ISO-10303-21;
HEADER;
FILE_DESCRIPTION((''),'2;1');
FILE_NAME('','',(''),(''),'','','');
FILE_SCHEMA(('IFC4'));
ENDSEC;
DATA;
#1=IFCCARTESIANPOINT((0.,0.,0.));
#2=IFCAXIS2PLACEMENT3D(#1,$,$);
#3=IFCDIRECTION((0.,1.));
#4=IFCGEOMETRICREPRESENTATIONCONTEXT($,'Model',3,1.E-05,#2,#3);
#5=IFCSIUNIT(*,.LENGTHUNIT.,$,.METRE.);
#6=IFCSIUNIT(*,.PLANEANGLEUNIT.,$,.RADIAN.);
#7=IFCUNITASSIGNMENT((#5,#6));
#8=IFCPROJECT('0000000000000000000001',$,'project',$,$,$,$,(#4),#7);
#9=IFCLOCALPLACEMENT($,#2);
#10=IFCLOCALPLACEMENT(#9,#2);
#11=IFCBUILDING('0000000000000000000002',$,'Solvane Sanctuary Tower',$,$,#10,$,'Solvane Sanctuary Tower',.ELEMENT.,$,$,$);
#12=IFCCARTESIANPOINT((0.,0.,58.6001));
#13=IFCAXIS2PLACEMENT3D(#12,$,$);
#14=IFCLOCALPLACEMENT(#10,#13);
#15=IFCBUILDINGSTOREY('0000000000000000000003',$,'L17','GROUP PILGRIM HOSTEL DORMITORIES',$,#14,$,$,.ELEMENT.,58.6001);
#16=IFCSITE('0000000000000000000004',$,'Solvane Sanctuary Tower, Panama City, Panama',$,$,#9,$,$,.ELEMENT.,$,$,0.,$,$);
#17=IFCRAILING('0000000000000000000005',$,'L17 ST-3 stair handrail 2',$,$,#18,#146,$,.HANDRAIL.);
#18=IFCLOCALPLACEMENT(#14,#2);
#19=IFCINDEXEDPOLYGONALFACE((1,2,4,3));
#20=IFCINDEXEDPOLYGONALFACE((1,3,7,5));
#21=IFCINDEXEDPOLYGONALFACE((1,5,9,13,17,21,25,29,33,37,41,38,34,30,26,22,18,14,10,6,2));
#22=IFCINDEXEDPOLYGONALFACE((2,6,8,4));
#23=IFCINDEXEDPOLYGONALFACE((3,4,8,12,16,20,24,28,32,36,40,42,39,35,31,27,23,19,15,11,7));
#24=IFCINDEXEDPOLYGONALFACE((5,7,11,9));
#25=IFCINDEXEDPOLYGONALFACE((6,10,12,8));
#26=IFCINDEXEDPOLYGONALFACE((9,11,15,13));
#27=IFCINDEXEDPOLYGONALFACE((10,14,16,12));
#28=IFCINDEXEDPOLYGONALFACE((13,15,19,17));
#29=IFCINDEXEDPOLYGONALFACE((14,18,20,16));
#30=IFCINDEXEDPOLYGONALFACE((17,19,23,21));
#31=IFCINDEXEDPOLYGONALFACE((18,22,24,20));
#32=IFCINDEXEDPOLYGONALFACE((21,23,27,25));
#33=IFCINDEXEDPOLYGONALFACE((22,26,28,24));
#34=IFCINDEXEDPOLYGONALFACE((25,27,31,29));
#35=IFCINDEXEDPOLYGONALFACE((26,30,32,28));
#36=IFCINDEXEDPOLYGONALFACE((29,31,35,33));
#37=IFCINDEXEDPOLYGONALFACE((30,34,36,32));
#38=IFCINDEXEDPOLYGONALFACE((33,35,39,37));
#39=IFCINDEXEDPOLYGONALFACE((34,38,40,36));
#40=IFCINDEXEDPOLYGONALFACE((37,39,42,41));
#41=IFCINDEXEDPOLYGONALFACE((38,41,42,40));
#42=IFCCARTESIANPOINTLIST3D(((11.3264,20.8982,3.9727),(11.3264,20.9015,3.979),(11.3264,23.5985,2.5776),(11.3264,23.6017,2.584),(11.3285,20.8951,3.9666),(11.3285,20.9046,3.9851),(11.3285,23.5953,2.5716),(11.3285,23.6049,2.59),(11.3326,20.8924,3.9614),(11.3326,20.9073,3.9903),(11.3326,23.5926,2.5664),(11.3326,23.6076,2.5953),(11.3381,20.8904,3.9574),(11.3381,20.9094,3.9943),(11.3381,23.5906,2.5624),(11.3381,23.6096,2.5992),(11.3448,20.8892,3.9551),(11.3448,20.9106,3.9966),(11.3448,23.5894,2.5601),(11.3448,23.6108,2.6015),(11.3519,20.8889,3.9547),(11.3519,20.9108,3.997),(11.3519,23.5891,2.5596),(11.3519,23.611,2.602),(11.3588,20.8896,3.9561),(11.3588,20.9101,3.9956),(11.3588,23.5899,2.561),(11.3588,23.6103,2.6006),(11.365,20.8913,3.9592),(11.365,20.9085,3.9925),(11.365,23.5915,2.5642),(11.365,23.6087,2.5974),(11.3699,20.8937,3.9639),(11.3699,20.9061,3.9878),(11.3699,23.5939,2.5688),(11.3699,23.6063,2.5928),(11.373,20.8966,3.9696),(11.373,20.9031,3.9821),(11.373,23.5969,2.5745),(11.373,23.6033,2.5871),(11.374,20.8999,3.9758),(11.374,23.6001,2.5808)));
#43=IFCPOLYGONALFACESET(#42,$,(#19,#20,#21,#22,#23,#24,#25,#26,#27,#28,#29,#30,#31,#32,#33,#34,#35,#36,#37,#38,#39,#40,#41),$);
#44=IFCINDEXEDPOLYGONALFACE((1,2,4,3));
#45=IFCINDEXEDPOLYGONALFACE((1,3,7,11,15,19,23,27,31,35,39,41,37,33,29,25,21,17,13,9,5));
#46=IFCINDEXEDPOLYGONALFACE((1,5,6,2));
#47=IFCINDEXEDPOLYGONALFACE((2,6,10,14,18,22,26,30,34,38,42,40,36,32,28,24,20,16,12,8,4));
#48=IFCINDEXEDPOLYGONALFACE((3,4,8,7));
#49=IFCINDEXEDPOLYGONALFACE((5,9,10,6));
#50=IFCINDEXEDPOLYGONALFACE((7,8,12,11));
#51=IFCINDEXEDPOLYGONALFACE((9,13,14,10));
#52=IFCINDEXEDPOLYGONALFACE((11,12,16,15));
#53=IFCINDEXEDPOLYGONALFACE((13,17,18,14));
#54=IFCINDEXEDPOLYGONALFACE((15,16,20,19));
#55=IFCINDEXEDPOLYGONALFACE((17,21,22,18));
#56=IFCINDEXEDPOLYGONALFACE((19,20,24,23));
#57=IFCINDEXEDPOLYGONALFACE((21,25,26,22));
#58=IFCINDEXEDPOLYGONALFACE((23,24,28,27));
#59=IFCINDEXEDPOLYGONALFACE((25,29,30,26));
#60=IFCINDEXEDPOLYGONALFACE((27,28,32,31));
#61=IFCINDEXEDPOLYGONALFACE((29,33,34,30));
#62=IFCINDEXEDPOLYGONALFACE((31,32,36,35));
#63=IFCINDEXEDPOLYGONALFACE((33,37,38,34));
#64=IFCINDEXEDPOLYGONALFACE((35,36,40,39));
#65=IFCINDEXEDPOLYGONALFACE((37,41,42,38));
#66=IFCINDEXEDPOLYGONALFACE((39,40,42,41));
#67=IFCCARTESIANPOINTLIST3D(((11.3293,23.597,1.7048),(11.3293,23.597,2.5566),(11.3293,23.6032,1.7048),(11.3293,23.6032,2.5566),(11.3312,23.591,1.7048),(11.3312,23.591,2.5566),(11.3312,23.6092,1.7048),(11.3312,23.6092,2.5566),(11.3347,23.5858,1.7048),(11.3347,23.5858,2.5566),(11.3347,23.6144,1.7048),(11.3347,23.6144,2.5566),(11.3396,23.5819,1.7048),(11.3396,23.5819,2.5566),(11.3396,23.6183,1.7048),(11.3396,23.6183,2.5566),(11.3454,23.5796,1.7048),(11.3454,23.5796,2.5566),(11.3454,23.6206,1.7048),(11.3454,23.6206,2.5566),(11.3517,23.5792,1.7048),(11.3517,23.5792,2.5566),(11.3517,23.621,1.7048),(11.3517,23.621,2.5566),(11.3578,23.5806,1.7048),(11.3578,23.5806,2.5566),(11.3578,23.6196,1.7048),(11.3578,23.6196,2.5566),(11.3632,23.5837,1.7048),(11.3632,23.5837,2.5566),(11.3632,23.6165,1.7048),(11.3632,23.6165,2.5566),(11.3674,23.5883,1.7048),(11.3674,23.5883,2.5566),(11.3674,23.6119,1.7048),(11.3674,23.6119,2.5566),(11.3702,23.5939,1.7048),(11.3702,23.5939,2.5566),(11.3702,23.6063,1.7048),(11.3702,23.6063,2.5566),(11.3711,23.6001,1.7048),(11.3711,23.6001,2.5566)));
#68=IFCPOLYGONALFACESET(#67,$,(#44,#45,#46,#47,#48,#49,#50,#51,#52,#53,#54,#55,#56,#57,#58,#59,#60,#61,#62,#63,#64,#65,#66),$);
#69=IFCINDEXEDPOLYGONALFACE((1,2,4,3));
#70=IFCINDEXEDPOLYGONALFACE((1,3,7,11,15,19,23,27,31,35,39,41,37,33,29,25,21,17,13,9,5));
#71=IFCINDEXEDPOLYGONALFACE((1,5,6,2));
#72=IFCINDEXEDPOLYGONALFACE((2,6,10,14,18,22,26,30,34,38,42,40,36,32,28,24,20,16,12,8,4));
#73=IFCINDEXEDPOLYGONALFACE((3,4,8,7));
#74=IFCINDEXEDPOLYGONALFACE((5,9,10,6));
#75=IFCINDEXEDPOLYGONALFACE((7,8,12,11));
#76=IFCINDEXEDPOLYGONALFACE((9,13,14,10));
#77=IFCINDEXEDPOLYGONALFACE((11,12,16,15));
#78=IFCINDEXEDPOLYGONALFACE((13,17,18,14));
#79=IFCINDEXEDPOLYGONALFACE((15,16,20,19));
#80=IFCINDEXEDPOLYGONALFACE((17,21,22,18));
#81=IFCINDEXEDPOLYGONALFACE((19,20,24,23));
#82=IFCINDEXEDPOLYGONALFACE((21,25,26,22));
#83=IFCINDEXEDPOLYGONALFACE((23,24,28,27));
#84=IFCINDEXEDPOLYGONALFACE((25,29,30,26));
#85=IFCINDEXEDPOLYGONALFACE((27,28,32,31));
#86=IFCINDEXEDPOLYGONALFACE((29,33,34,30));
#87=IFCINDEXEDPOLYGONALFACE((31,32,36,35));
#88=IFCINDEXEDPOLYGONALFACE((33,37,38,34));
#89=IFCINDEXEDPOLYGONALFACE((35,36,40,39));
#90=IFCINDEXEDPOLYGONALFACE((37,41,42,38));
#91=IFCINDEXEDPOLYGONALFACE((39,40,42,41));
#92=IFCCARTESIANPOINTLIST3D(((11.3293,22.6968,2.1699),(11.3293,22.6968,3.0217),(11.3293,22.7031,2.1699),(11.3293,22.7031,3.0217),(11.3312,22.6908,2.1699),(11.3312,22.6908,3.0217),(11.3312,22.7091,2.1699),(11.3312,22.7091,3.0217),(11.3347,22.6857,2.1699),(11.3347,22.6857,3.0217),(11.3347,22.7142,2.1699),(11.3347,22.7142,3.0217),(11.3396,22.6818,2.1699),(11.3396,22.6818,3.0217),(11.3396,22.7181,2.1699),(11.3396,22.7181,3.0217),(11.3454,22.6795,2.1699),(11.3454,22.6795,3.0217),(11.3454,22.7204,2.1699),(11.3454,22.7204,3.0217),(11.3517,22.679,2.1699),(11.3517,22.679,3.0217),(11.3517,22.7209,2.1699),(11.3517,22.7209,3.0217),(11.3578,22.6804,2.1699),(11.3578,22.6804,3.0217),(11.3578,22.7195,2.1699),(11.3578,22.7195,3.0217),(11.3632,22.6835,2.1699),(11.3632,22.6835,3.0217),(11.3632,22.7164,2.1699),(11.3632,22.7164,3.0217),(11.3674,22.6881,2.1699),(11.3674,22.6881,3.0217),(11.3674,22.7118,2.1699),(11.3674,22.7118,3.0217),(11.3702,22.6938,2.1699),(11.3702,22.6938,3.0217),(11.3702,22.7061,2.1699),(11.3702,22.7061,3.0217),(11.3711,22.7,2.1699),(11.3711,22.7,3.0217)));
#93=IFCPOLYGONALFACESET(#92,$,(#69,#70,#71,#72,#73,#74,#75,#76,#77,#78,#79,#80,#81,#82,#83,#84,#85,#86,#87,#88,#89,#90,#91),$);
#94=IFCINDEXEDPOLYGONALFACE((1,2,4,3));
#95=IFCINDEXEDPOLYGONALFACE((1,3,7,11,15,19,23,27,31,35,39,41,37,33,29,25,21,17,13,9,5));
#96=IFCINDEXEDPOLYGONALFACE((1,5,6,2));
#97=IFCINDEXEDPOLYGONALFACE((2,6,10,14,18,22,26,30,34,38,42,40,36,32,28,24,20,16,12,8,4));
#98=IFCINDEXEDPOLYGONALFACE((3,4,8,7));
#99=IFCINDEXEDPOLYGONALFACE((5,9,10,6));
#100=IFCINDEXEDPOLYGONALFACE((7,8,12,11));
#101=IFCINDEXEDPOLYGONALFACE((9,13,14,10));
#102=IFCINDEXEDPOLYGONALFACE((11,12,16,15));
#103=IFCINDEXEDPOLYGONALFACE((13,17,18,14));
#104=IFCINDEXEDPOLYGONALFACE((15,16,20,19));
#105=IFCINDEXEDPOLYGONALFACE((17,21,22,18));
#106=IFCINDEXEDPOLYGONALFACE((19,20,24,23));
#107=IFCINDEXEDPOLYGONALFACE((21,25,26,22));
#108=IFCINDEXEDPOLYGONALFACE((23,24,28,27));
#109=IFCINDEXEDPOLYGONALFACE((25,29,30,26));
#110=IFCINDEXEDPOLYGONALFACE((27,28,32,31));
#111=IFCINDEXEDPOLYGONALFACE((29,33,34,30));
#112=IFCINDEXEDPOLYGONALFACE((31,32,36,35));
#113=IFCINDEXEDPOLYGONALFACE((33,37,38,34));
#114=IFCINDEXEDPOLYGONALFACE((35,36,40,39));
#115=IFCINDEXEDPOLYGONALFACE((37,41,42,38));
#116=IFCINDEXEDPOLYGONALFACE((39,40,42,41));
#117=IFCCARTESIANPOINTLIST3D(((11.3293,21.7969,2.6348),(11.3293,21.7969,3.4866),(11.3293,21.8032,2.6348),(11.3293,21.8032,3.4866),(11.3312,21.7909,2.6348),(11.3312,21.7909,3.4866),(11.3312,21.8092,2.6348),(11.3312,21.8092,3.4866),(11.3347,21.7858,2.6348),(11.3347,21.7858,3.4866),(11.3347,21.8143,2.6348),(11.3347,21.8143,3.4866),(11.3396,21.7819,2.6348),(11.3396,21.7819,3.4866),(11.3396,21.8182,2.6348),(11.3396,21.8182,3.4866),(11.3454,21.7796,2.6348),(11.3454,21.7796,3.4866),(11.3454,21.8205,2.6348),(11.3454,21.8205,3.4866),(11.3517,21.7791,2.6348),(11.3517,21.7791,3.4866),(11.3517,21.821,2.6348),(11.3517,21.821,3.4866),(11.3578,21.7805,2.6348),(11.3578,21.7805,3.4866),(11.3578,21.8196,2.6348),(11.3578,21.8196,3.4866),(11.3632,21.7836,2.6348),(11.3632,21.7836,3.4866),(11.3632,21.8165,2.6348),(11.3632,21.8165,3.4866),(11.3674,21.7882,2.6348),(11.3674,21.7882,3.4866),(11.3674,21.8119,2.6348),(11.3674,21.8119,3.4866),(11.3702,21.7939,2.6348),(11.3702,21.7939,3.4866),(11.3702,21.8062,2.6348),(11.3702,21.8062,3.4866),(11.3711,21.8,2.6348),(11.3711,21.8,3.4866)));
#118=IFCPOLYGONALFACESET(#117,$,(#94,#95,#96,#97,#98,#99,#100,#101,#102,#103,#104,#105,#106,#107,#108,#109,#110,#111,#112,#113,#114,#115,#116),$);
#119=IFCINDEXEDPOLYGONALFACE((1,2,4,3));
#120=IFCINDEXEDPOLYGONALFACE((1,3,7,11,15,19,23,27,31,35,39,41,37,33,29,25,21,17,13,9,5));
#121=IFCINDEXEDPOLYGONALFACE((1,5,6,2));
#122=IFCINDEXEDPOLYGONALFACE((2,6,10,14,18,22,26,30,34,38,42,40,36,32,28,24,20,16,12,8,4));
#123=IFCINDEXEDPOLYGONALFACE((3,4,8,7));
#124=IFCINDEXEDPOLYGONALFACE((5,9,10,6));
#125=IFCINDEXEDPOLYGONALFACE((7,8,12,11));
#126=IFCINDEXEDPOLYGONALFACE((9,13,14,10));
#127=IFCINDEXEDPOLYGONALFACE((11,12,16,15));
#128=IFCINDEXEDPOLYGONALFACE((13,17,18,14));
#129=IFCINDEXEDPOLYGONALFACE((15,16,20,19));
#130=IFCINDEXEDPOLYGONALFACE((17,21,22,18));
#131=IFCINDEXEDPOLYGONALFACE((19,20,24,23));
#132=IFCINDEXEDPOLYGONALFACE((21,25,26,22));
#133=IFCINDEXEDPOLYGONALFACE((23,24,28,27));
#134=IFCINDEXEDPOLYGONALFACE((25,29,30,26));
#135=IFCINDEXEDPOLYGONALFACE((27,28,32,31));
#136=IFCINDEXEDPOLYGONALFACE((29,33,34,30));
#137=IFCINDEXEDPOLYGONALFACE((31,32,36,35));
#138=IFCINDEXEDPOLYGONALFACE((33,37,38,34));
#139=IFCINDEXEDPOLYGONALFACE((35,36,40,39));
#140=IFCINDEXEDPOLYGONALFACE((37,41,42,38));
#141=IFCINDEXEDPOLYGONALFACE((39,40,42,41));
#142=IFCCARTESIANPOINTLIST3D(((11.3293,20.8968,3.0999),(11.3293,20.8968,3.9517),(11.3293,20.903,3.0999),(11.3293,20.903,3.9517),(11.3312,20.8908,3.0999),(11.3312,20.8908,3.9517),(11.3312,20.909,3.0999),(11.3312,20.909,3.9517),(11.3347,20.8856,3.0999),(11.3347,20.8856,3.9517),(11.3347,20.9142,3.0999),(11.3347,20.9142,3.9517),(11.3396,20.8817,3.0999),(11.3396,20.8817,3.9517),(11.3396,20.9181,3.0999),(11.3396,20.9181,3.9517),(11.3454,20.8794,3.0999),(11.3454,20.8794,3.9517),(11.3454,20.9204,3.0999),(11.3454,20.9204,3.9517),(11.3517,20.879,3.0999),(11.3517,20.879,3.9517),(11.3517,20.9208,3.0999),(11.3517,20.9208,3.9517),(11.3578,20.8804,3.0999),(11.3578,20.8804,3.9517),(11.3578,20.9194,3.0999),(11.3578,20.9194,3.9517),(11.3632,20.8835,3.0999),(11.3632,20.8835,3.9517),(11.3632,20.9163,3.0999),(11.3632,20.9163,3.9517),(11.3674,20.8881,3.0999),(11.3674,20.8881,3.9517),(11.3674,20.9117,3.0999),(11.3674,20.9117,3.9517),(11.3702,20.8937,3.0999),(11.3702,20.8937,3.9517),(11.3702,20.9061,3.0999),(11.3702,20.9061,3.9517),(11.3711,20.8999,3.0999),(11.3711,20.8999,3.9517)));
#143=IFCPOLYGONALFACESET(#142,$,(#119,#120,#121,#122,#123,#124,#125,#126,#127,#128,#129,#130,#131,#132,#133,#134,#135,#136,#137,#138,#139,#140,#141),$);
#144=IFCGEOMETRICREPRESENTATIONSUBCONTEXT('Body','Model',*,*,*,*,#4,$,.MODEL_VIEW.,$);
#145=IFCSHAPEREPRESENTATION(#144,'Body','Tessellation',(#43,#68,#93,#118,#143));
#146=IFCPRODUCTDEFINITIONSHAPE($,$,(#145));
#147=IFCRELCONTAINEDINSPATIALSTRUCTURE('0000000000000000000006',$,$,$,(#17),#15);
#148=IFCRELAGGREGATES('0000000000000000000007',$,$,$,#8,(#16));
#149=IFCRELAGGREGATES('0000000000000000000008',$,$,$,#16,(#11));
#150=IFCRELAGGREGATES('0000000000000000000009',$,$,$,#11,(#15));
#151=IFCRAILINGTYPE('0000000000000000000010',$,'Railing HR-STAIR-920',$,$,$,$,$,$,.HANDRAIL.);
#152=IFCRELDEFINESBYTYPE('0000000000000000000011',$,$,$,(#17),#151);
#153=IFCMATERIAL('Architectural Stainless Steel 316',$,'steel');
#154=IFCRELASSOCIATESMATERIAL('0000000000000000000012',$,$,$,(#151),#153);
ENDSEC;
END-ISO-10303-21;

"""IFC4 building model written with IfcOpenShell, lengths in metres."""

from ifc_helpers import new_model, si_unit, direction, frame, origin, origin_2d, place, context, subcontext, project, spatial, circle, extrude, material, type_object, element, save


model = new_model("IFC4")

# Units and contexts
model_context = context("Model", 3, precision=1e-05, world=origin(), true_north=direction((0.0, 1.0)))
body_context = subcontext(model_context, "Body", "Model", "MODEL_VIEW")
ifc_project = project(units=[si_unit("LENGTHUNIT", "METRE"), si_unit("PLANEANGLEUNIT", "RADIAN")], contexts=[model_context])

# Site, building, storey
site_placement = place(None, origin())
site = spatial("IfcSite", under=ifc_project, at=site_placement, Name="Solvane Sanctuary Tower, Panama City, Panama", CompositionType="ELEMENT", RefElevation=0.0)
building_placement = place(site_placement, origin())
building = spatial("IfcBuilding", under=site, at=building_placement, Name="Solvane Sanctuary Tower", LongName="Solvane Sanctuary Tower", CompositionType="ELEMENT")
storey_placement = place(building_placement, frame((0.0, 0.0, 58.6001)))
storey = spatial("IfcBuildingStorey", under=building, at=storey_placement, Name="L17", Description="GROUP PILGRIM HOSTEL DORMITORIES", CompositionType="ELEMENT", Elevation=58.6001)

# Railing
ifc_material_1 = material(Name="Architectural Stainless Steel 316", Category="steel")
railing_type_1 = type_object("IfcRailingType", Name="Railing HR-STAIR-920", PredefinedType="HANDRAIL", material=ifc_material_1)
railing_1_placement = place(storey_placement, frame((11.3501, 23.6001, 1.7048)))
element("IfcRailing", 1, at=railing_1_placement, inside=storey, type_object=railing_type_1, Name="L17 ST-3 stair handrail 2", PredefinedType="HANDRAIL", context=body_context, shape_type="SweptSolid", body=[
    extrude(circle(Radius=0.0239, at=origin_2d()), frame((0.0, 0.0, 0.876), z_axis=(0.0, -0.888437, 0.458999), x_axis=(1.0, 0.0, 0.0)), (0.0, 0.0, 1.0), 3.0393),
    extrude(circle(Radius=0.021, at=origin_2d()), origin(), (0.0, 0.0, 1.0), 0.8518),
    extrude(circle(Radius=0.021, at=origin_2d()), frame((0.0, -0.9001, 0.4651)), (0.0, 0.0, 1.0), 0.8518),
    extrude(circle(Radius=0.021, at=origin_2d()), frame((0.0, -1.8, 0.9299)), (0.0, 0.0, 1.0), 0.8518),
    extrude(circle(Radius=0.021, at=origin_2d()), frame((0.0, -2.7002, 1.395)), (0.0, 0.0, 1.0), 0.8518),
])

save(model, "model.ifc")
